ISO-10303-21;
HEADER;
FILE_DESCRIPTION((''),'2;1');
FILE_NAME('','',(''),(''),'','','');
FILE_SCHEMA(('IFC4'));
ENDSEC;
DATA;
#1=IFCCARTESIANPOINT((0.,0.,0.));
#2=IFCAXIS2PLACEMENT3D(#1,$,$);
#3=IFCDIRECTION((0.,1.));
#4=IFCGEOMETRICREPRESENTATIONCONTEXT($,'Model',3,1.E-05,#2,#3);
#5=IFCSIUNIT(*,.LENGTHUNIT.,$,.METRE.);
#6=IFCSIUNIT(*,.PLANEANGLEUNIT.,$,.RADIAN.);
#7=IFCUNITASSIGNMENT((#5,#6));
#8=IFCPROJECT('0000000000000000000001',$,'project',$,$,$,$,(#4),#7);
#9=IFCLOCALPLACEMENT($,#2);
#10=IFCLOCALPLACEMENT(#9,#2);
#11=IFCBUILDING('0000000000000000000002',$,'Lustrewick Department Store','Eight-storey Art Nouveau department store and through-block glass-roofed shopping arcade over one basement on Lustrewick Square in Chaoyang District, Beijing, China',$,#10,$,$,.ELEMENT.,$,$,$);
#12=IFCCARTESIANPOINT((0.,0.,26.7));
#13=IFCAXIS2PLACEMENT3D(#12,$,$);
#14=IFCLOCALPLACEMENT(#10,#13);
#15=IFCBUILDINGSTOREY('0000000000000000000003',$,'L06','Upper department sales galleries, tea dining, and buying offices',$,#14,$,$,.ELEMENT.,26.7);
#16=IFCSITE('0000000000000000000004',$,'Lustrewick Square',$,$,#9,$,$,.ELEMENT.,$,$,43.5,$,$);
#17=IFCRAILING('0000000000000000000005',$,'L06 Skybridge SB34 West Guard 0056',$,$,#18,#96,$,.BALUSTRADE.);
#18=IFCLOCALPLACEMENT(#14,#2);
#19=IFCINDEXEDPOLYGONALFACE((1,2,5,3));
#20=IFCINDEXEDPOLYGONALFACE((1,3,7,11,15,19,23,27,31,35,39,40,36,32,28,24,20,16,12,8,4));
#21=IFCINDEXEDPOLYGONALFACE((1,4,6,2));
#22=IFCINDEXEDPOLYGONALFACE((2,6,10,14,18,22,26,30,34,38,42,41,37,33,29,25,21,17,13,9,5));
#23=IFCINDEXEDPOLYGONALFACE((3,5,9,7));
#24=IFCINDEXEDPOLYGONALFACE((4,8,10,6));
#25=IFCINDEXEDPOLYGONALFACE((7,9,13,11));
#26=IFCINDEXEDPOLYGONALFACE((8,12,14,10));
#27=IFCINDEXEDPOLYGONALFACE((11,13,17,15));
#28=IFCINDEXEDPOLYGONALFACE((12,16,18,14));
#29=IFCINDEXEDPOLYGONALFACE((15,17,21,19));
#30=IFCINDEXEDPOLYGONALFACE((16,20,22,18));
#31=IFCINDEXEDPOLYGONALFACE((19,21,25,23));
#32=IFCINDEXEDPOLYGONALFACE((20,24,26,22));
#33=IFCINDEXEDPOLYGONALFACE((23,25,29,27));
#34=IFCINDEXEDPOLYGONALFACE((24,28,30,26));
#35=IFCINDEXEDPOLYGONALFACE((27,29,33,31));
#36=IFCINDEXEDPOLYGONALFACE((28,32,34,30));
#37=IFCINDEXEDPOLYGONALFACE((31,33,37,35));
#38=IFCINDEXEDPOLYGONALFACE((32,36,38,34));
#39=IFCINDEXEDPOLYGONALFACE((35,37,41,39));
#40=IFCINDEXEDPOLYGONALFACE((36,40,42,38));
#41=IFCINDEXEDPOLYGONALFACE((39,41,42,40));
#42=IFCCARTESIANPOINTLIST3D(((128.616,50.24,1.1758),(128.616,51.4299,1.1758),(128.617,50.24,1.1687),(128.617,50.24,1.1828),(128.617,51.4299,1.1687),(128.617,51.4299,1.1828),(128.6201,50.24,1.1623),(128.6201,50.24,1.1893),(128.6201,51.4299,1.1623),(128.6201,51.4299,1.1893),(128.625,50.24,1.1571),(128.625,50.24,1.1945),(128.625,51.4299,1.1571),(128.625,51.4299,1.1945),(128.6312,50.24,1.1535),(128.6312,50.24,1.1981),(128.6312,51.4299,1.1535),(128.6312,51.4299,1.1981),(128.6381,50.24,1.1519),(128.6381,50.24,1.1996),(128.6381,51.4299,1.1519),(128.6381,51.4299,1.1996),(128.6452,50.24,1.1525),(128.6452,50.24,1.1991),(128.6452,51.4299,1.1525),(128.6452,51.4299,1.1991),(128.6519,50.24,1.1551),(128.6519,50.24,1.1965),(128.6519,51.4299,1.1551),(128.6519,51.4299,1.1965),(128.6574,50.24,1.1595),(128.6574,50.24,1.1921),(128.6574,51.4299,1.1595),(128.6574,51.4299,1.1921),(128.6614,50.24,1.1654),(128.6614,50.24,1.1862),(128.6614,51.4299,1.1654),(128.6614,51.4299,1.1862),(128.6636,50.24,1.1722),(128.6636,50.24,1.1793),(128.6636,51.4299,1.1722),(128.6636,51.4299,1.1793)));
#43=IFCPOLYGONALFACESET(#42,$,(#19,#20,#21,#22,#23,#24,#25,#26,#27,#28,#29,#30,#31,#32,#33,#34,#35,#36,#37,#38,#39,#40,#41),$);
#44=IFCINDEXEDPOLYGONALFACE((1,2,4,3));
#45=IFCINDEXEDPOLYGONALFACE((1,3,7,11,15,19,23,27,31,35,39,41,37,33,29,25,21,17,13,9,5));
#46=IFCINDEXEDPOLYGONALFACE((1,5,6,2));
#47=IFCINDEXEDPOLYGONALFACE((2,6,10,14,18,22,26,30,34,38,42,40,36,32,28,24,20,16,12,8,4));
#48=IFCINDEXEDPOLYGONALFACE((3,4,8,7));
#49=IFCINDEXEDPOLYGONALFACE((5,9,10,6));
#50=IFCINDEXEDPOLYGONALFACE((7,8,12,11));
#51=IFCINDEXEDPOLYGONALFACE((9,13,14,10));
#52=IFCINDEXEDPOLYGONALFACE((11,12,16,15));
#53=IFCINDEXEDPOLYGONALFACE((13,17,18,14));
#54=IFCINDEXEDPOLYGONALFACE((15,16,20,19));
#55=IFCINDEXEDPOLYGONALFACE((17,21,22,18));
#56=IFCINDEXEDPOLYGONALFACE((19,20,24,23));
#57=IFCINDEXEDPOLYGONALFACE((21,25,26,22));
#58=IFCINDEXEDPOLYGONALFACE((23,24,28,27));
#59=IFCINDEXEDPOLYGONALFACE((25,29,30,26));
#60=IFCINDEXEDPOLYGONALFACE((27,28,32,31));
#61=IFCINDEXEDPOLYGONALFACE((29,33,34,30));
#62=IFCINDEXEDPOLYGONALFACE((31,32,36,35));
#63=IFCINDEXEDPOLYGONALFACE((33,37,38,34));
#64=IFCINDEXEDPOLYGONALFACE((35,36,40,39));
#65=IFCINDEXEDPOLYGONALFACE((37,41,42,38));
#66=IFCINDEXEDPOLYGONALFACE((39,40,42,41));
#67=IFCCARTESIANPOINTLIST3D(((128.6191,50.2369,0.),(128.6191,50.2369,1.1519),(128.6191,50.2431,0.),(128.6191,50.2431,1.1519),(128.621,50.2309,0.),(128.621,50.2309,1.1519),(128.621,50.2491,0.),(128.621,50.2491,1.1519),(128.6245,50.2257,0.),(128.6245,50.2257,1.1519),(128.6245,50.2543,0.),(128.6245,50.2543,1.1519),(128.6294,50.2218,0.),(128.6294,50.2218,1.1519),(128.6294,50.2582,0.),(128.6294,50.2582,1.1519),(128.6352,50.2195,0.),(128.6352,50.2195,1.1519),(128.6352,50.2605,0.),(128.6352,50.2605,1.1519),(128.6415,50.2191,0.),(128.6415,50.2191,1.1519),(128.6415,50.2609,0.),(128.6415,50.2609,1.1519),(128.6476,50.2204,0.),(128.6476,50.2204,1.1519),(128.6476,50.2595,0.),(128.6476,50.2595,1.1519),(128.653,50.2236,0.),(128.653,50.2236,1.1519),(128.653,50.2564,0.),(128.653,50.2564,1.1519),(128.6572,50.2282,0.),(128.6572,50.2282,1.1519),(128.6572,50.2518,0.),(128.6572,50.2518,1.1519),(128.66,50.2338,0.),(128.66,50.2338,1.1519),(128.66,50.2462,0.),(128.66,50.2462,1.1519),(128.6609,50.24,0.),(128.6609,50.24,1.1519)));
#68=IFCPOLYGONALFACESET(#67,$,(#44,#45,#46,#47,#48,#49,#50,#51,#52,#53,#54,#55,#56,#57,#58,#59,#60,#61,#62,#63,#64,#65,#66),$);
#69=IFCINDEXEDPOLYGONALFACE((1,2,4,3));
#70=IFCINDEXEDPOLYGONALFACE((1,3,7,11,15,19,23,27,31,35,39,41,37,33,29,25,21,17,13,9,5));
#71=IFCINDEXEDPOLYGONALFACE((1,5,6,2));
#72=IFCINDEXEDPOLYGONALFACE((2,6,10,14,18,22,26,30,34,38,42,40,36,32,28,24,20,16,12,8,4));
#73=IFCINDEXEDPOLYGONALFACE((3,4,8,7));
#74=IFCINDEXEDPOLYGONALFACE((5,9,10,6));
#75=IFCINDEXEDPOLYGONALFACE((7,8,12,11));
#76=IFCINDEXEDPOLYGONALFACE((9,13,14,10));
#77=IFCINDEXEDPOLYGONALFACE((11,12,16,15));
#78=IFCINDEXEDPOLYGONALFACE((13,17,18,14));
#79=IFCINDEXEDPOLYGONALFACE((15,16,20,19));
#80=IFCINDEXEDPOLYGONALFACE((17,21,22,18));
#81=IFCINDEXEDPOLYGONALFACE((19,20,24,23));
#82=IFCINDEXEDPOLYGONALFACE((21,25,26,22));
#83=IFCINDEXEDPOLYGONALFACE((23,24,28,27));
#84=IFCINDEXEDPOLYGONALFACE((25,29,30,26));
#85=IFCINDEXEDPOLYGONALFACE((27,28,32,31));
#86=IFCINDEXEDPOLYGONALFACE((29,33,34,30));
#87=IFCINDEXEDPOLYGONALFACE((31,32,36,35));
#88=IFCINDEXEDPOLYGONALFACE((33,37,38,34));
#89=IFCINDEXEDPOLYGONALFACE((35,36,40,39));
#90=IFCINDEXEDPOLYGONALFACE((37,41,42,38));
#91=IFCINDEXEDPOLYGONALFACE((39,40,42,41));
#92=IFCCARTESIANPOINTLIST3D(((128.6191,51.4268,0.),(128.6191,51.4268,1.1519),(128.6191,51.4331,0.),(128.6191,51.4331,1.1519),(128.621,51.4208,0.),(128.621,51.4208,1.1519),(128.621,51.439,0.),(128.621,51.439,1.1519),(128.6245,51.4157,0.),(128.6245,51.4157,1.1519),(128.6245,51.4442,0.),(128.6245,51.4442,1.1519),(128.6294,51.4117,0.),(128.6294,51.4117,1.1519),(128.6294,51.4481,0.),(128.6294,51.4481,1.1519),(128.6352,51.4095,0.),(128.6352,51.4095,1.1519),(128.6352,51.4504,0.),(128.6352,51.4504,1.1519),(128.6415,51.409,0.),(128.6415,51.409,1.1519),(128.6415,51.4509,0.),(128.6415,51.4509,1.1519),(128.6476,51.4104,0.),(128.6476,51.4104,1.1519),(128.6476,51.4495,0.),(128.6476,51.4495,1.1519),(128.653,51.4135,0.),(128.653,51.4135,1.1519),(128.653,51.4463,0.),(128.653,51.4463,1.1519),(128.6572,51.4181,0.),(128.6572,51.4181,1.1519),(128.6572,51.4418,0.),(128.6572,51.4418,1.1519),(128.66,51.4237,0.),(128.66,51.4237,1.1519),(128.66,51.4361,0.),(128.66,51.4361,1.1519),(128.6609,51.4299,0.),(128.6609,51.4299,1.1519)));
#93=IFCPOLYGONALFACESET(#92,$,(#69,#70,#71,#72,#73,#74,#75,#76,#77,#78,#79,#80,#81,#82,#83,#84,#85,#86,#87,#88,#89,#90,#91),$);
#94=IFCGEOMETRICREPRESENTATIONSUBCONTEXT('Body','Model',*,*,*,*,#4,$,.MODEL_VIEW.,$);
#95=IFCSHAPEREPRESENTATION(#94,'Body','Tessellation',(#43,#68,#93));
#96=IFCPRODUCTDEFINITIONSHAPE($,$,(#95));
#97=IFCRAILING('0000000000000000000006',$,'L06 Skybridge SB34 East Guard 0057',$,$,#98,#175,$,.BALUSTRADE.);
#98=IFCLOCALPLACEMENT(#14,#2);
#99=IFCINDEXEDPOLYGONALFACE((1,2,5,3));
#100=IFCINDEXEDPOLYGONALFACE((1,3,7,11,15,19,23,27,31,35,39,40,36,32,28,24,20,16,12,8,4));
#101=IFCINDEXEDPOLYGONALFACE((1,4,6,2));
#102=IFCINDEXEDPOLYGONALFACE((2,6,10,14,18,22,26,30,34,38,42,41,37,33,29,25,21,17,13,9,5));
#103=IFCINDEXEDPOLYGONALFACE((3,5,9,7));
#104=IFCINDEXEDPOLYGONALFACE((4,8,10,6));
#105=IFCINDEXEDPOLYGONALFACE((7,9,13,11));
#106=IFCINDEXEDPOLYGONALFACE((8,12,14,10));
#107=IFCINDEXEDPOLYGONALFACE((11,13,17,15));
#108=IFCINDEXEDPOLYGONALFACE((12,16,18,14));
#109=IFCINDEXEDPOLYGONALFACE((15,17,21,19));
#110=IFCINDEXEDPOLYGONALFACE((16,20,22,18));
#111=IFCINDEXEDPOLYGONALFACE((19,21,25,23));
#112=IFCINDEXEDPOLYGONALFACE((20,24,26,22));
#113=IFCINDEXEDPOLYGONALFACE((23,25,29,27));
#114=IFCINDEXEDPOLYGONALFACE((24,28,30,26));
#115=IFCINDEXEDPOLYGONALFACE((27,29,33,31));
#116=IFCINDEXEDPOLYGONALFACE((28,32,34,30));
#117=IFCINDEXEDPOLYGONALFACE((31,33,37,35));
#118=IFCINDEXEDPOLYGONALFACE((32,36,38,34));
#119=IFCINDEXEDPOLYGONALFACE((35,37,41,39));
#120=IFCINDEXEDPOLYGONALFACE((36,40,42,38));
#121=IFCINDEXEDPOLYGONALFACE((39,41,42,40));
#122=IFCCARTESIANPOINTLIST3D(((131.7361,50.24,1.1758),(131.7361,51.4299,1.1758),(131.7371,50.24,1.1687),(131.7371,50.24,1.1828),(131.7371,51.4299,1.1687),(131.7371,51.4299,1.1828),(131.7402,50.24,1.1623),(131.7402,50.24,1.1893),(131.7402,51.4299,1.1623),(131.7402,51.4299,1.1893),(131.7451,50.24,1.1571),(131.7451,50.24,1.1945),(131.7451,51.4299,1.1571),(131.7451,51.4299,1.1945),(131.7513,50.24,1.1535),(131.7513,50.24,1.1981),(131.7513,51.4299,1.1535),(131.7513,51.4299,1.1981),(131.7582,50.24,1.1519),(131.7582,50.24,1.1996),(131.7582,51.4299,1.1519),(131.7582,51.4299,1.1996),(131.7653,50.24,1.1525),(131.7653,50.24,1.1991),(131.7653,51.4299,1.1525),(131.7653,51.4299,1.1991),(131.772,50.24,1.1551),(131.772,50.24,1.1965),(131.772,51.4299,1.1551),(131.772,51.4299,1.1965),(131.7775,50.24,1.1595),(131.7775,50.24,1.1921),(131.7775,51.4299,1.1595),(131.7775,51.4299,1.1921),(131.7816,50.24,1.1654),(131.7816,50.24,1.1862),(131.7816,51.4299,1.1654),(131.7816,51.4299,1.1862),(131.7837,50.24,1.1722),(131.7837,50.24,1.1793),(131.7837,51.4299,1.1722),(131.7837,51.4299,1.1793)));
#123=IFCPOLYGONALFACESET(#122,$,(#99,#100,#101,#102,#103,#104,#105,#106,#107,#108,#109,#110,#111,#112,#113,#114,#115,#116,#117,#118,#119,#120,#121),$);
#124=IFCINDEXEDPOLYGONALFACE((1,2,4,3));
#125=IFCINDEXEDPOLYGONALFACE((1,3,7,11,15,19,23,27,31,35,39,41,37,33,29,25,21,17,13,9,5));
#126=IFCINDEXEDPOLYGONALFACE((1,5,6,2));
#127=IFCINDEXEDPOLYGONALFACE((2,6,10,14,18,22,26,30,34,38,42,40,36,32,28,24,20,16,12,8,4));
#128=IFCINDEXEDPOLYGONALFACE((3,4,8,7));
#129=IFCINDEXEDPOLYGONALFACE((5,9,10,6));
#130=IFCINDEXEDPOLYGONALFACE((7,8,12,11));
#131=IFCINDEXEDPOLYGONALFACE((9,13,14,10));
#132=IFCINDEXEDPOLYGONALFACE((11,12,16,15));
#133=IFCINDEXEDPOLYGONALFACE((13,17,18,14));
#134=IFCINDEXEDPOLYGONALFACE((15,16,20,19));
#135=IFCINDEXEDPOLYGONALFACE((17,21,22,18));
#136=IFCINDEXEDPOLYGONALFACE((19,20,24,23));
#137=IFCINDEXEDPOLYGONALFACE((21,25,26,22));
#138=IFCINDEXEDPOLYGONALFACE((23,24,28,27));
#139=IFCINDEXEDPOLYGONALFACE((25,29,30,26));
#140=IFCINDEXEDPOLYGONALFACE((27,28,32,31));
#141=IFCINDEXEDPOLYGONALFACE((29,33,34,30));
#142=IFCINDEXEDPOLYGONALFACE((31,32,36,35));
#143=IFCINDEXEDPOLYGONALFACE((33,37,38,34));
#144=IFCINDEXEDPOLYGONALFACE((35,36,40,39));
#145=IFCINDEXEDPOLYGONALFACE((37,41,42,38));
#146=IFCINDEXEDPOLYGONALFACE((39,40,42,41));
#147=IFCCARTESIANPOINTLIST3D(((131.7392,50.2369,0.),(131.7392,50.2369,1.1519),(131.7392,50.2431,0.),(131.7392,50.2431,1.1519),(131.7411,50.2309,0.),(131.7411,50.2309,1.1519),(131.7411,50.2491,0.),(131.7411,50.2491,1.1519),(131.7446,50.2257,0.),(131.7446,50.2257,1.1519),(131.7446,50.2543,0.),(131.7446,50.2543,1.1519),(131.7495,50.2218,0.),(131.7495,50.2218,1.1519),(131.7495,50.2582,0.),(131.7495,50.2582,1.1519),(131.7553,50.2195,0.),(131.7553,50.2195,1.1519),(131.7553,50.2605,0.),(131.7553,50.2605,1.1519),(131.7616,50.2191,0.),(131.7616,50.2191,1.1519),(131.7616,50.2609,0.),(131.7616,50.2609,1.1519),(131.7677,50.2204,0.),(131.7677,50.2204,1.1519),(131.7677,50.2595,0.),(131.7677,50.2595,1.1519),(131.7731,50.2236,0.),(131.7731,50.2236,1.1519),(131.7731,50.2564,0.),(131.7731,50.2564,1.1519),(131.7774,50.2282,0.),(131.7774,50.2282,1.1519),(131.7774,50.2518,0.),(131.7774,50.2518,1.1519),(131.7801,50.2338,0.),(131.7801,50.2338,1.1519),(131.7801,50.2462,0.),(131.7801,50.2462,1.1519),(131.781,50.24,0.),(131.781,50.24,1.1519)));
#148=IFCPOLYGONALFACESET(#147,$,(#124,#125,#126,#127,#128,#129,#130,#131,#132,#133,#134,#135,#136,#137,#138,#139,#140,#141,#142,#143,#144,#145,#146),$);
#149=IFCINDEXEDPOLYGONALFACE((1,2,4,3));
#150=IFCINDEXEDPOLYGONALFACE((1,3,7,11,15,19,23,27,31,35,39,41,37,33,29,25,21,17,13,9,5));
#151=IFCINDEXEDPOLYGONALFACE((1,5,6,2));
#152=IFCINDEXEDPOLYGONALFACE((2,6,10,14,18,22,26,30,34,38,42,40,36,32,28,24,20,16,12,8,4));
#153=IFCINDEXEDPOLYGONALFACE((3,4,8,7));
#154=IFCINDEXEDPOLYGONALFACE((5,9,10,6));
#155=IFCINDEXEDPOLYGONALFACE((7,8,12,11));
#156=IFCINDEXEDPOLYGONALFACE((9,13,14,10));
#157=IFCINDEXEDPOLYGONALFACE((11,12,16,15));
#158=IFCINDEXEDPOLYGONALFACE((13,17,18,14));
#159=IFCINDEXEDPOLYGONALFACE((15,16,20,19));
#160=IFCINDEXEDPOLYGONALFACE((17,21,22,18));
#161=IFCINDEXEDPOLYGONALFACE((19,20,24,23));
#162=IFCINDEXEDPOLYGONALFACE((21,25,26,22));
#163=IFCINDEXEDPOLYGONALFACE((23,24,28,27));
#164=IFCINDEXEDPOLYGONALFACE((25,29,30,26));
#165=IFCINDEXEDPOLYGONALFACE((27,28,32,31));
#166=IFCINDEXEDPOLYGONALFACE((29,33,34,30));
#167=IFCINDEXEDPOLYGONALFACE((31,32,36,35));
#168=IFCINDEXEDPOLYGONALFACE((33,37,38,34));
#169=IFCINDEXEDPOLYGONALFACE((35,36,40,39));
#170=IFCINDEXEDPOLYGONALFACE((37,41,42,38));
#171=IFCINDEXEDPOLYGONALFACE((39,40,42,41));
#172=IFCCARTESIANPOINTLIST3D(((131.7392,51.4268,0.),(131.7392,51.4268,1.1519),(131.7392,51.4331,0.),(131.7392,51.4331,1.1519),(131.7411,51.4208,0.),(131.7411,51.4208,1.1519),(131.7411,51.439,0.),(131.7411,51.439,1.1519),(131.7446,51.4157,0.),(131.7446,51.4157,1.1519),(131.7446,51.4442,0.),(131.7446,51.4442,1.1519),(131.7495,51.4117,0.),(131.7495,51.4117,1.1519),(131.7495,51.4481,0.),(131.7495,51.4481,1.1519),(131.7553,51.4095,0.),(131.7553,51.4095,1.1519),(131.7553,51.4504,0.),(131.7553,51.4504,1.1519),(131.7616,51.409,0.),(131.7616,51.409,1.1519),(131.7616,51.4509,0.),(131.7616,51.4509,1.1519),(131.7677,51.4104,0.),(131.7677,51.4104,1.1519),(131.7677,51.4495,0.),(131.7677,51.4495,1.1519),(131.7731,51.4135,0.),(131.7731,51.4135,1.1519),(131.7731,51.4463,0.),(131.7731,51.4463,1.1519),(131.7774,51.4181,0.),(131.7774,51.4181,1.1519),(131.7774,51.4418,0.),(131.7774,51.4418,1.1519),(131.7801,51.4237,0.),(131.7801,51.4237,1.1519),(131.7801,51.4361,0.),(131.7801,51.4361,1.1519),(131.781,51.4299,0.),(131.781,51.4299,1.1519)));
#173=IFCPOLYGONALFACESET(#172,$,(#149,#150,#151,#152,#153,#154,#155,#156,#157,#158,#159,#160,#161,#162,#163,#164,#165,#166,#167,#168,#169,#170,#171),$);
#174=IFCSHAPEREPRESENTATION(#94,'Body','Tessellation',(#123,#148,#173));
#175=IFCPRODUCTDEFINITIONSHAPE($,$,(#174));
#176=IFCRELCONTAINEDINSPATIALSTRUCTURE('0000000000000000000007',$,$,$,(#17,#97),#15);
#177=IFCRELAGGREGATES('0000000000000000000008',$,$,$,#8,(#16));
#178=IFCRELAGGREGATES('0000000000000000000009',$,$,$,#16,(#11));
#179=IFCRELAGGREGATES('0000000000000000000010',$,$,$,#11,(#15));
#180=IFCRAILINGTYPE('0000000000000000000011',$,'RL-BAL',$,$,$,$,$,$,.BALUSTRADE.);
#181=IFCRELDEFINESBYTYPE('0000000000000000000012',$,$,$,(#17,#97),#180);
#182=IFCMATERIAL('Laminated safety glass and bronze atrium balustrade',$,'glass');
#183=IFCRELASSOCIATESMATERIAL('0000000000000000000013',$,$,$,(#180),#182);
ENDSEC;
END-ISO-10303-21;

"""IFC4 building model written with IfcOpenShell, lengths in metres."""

from ifc_helpers import new_model, si_unit, direction, frame, origin, origin_2d, place, context, subcontext, project, spatial, circle, extrude, material, type_object, element, save


model = new_model("IFC4")

# Units and contexts
model_context = context("Model", 3, precision=1e-05, world=origin(), true_north=direction((0.0, 1.0)))
body_context = subcontext(model_context, "Body", "Model", "MODEL_VIEW")
ifc_project = project(units=[si_unit("LENGTHUNIT", "METRE"), si_unit("PLANEANGLEUNIT", "RADIAN")], contexts=[model_context])

# Site, building, storey
site_placement = place(None, origin())
site = spatial("IfcSite", under=ifc_project, at=site_placement, Name="Lustrewick Square", CompositionType="ELEMENT", RefElevation=43.5)
building_placement = place(site_placement, origin())
building = spatial("IfcBuilding", under=site, at=building_placement, Name="Lustrewick Department Store", Description="Eight-storey Art Nouveau department store and through-block glass-roofed shopping arcade over one basement on Lustrewick Square in Chaoyang District, Beijing, China", CompositionType="ELEMENT")
storey_placement = place(building_placement, frame((0.0, 0.0, 26.7)))
storey = spatial("IfcBuildingStorey", under=building, at=storey_placement, Name="L06", Description="Upper department sales galleries, tea dining, and buying offices", CompositionType="ELEMENT", Elevation=26.7)

# Railings
ifc_material_1 = material(Name="Laminated safety glass and bronze atrium balustrade", Category="glass")
railing_type_1 = type_object("IfcRailingType", Name="RL-BAL", PredefinedType="BALUSTRADE", material=ifc_material_1)
for number, where, name in (
    (1, (128.6399, 50.24, 0.0), "L06 Skybridge SB34 West Guard 0056"),
    (2, (131.76, 50.24, 0.0), "L06 Skybridge SB34 East Guard 0057"),
):
    element("IfcRailing", number, at=place(storey_placement, frame(where)), inside=storey, type_object=railing_type_1, Name=name, PredefinedType="BALUSTRADE", context=body_context, shape_type="SweptSolid", body=[
        extrude(circle(Radius=0.0239, at=origin_2d()), frame((0.0, 0.0, 1.1758), z_axis=(0.0, 1.0, 0.0), x_axis=(-1.0, 0.0, 0.0)), (0.0, 0.0, 1.0), 1.1899),
        extrude(circle(Radius=0.021, at=origin_2d()), origin(), (0.0, 0.0, 1.0), 1.1519),
        extrude(circle(Radius=0.021, at=origin_2d()), frame((0.0, 1.1899, 0.0)), (0.0, 0.0, 1.0), 1.1519),
    ])

save(model, "model.ifc")
